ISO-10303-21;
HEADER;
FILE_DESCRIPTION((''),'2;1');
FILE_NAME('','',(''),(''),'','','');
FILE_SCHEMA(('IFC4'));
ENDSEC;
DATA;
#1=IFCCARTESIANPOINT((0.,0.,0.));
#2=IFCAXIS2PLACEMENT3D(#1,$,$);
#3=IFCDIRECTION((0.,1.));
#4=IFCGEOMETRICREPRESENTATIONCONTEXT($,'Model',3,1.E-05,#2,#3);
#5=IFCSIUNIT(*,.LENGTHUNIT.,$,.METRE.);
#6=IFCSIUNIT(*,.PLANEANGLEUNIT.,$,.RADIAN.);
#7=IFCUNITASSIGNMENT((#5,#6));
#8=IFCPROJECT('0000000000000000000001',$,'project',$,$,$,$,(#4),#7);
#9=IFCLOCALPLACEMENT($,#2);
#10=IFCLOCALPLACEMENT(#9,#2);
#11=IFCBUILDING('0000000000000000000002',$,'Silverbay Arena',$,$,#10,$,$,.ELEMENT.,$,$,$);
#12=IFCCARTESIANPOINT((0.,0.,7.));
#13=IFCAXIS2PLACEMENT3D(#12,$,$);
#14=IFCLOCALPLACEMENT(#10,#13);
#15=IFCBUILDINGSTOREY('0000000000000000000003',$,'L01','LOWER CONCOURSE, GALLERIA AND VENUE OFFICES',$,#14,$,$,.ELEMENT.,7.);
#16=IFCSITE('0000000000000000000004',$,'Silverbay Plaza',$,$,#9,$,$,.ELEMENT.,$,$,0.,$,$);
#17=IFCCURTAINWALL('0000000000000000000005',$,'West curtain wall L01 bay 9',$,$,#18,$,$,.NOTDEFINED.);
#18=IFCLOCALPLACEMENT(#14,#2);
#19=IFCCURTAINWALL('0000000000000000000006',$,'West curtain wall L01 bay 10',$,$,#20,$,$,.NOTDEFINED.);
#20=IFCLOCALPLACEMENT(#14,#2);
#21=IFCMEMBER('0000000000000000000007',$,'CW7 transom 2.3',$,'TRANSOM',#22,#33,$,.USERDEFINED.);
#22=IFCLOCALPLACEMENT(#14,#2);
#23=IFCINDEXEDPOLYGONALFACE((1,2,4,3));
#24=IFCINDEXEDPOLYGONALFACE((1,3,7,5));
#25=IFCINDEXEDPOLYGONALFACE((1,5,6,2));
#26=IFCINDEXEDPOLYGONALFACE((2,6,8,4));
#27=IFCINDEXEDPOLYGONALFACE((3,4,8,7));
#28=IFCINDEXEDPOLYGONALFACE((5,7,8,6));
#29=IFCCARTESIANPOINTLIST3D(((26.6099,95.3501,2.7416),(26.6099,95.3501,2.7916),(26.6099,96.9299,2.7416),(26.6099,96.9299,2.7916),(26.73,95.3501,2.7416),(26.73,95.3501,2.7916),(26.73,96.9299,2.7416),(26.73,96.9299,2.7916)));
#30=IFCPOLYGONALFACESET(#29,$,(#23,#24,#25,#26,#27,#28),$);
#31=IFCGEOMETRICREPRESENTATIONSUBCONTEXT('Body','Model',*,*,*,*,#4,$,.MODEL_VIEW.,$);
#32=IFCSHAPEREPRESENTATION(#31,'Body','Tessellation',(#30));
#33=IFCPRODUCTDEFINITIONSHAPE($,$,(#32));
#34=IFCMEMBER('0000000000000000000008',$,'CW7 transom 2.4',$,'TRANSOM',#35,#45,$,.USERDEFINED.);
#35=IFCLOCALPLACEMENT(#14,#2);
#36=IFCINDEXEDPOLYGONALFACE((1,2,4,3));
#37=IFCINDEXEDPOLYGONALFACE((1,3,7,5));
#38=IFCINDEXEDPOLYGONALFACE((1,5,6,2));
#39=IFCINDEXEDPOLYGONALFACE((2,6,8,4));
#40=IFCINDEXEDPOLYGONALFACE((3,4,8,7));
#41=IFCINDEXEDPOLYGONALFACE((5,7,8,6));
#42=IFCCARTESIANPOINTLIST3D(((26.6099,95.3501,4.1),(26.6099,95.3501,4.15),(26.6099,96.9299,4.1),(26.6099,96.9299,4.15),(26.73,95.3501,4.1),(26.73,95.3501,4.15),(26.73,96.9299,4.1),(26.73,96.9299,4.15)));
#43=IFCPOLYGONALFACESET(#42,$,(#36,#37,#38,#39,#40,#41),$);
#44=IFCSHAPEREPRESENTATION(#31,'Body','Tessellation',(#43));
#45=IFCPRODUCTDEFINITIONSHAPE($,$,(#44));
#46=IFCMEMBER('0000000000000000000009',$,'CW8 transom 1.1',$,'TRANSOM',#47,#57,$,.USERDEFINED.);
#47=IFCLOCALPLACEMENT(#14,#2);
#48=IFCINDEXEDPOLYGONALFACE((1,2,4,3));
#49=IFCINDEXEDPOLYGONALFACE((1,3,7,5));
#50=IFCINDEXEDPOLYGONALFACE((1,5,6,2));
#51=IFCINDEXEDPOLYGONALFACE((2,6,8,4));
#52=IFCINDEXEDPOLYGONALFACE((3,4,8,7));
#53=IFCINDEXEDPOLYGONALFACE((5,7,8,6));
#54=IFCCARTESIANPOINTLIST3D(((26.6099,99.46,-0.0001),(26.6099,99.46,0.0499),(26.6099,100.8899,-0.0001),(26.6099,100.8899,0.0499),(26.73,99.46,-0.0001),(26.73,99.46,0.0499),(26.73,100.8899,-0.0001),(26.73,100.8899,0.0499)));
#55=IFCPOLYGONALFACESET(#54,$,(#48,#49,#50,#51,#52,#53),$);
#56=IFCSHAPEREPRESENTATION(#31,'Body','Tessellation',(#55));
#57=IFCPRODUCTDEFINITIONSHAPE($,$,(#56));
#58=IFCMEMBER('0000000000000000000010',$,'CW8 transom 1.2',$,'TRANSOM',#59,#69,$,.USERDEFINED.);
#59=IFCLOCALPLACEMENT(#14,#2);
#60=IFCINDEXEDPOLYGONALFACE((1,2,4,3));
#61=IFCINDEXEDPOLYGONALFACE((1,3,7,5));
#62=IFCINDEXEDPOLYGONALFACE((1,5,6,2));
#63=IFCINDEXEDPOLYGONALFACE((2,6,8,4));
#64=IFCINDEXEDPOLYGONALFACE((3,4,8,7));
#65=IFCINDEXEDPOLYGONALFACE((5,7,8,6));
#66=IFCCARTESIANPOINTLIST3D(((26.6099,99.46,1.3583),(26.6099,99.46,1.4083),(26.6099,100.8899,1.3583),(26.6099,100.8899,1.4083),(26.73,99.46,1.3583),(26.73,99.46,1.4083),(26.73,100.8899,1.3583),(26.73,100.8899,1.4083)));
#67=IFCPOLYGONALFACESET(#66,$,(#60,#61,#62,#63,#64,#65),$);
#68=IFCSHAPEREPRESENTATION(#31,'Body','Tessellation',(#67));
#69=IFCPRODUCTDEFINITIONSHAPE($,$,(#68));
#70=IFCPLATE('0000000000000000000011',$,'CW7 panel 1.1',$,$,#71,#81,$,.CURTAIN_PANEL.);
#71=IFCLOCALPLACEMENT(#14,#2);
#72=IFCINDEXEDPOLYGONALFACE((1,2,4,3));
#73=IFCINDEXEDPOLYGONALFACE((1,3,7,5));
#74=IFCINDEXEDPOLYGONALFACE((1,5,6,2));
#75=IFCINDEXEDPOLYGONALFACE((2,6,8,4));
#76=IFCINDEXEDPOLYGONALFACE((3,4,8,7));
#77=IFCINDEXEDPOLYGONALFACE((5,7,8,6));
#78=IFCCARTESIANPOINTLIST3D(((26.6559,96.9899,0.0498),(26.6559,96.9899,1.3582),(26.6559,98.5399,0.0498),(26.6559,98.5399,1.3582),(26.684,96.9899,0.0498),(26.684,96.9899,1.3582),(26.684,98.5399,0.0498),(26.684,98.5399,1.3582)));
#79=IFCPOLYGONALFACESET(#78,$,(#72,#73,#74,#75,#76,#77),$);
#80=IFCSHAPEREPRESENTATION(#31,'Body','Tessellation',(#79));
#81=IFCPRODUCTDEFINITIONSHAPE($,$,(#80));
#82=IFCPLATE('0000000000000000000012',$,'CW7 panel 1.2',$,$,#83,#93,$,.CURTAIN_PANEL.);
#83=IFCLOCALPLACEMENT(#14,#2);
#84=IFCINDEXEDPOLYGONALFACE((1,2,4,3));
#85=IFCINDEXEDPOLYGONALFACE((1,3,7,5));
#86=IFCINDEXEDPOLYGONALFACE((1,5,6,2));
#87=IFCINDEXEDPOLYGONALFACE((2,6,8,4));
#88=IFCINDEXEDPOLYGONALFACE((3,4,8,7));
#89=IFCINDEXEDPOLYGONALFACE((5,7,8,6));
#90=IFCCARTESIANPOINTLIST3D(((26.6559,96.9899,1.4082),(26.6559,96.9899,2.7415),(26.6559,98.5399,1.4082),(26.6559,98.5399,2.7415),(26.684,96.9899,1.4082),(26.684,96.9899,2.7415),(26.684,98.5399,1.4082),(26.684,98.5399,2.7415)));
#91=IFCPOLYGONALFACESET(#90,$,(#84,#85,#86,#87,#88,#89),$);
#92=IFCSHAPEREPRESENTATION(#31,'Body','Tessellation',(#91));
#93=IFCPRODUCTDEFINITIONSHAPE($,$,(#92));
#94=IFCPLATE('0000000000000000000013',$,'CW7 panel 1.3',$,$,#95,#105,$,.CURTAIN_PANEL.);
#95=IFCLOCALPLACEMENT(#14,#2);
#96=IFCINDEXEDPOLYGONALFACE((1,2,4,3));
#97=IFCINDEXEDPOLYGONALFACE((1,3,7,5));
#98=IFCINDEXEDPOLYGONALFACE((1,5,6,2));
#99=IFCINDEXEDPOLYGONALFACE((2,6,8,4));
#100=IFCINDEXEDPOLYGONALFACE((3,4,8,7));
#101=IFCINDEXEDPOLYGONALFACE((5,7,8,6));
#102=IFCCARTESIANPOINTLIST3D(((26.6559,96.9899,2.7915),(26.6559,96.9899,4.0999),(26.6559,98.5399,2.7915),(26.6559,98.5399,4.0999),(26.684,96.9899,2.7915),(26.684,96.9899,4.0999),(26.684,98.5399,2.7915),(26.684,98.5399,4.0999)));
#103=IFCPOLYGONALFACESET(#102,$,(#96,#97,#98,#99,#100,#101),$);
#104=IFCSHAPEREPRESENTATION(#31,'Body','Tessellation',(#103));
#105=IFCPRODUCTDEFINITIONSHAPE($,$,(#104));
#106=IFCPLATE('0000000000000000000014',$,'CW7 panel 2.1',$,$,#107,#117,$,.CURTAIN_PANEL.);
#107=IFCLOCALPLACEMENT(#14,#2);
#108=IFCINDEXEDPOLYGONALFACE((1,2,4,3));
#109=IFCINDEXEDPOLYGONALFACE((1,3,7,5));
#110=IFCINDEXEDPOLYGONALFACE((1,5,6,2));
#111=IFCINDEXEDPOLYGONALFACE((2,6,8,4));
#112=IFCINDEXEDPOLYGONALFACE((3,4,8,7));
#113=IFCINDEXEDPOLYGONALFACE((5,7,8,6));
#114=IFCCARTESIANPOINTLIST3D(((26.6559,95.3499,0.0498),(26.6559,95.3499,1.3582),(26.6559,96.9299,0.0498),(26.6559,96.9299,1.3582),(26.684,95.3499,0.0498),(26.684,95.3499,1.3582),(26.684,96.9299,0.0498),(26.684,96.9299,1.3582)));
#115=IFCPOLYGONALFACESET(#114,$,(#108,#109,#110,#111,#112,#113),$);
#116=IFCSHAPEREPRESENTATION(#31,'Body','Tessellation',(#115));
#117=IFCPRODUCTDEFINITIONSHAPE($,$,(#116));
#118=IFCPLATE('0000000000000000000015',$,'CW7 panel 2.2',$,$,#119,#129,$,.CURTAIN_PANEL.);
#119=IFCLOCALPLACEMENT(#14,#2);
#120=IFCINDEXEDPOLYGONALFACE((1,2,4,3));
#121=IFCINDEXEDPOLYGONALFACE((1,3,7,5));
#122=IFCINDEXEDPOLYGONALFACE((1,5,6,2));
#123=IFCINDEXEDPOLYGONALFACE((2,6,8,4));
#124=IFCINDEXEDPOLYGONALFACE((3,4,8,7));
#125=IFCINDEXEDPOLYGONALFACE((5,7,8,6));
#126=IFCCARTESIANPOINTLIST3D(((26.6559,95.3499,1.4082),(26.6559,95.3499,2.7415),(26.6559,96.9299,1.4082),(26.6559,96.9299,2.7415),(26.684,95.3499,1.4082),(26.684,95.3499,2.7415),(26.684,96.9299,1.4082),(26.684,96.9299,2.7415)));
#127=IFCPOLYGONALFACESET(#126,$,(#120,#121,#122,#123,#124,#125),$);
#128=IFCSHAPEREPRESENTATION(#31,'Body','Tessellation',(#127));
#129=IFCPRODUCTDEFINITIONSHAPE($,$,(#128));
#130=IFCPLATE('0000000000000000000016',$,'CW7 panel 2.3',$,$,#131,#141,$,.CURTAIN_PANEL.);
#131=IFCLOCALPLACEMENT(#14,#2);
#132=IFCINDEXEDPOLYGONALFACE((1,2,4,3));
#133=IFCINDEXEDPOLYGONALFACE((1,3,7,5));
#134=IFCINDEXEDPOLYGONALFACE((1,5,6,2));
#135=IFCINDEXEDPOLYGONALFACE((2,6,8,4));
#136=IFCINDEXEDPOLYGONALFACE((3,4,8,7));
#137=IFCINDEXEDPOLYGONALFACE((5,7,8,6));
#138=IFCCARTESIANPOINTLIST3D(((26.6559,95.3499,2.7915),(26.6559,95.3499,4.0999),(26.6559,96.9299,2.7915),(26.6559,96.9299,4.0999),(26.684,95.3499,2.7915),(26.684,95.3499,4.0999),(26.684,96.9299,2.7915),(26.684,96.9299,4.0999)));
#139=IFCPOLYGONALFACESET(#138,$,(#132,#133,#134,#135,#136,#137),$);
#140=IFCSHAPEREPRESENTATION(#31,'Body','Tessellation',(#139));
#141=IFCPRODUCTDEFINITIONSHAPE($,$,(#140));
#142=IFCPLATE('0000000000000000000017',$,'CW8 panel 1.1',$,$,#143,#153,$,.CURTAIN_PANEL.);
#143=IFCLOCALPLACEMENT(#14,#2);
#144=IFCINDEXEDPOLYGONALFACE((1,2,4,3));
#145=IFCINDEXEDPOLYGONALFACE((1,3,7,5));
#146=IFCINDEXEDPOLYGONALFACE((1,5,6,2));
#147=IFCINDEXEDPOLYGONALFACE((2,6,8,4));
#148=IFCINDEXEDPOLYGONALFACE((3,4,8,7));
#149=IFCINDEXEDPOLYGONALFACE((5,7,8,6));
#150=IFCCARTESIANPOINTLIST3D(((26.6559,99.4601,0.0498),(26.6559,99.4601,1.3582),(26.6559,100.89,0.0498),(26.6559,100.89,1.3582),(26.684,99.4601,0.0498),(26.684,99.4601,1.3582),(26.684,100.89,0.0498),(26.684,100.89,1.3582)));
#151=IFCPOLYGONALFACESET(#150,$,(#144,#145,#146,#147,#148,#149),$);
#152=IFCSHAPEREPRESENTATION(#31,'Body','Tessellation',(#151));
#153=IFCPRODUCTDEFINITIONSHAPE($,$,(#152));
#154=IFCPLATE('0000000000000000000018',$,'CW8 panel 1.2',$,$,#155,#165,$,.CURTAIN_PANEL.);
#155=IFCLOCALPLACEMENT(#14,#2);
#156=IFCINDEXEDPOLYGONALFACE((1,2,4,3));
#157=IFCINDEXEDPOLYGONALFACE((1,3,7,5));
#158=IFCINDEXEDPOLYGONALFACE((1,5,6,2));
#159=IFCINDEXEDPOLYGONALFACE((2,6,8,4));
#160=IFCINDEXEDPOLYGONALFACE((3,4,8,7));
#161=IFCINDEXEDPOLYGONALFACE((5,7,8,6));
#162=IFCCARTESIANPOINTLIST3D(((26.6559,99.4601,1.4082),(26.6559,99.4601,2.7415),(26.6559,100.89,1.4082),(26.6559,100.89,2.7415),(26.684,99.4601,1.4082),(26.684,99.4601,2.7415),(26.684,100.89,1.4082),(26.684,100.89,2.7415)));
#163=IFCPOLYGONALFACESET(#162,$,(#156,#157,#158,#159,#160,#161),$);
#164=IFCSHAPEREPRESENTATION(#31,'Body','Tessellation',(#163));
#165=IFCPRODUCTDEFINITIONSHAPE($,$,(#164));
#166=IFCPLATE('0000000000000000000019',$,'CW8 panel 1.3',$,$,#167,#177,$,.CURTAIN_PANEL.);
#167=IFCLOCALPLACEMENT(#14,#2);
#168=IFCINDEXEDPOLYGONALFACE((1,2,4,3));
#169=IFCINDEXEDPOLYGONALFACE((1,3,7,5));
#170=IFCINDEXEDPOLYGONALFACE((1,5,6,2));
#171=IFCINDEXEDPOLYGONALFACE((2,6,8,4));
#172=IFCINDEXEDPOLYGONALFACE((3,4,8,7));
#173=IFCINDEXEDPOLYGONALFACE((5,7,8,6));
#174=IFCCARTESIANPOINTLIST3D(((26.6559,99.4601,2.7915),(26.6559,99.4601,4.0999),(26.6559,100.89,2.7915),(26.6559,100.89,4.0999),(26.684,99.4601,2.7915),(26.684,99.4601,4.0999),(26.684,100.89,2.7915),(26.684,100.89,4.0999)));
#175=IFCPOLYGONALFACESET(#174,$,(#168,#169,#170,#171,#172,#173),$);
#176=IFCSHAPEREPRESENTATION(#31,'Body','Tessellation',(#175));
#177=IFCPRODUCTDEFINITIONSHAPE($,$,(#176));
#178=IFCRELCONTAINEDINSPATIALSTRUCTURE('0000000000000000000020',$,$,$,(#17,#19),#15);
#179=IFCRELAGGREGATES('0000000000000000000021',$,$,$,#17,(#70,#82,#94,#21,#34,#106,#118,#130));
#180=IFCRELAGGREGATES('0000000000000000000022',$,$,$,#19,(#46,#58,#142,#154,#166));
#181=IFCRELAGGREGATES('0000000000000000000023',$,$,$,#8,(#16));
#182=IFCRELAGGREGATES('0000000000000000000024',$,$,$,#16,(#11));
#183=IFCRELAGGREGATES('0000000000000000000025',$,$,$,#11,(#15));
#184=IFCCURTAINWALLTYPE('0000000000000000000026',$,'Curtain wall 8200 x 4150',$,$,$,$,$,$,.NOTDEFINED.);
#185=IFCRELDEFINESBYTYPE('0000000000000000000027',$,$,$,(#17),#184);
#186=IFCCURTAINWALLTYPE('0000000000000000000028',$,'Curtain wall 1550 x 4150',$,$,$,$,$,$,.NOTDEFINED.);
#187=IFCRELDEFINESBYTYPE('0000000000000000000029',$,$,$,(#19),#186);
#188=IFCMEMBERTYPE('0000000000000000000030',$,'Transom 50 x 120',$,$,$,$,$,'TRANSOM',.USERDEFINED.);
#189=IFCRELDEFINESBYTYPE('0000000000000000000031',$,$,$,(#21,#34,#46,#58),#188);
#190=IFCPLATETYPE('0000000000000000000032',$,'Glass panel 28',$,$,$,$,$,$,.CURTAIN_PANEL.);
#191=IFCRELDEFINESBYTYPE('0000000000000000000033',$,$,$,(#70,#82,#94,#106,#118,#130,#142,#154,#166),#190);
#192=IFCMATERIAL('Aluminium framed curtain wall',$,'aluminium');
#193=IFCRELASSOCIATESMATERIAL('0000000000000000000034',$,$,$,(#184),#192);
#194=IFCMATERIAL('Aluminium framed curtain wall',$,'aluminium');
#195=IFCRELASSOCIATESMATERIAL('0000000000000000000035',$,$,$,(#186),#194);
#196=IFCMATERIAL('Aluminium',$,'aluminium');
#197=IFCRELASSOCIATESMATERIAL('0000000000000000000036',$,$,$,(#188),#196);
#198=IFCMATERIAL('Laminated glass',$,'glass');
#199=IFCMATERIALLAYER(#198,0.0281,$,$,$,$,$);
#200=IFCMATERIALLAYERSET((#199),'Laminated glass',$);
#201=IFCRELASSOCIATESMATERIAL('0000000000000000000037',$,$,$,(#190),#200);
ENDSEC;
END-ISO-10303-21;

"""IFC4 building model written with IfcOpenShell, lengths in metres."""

from ifc_helpers import new_model, si_unit, direction, frame, origin, origin_2d, place, context, subcontext, project, spatial, rectangle, extrude, material, layer, layer_set, material_profile, profile_set, type_object, element, aggregate, save


model = new_model("IFC4")

# Units and contexts
model_context = context("Model", 3, precision=1e-05, world=origin(), true_north=direction((0.0, 1.0)))
body_context = subcontext(model_context, "Body", "Model", "MODEL_VIEW")
ifc_project = project(units=[si_unit("LENGTHUNIT", "METRE"), si_unit("PLANEANGLEUNIT", "RADIAN")], contexts=[model_context])

# Site, building, storey
site_placement = place(None, origin())
site = spatial("IfcSite", under=ifc_project, at=site_placement, Name="Silverbay Plaza", CompositionType="ELEMENT", RefElevation=0.0)
building_placement = place(site_placement, origin())
building = spatial("IfcBuilding", under=site, at=building_placement, Name="Silverbay Arena", CompositionType="ELEMENT")
storey_placement = place(building_placement, frame((0.0, 0.0, 7.0)))
storey = spatial("IfcBuildingStorey", under=building, at=storey_placement, Name="L01", Description="LOWER CONCOURSE, GALLERIA AND VENUE OFFICES", CompositionType="ELEMENT", Elevation=7.0)

# Curtain wall
ifc_material_1 = material(Name="Aluminium framed curtain wall", Category="aluminium")
curtain_wall_type_1 = type_object("IfcCurtainWallType", Name="Curtain wall 8200 x 4150", PredefinedType="NOTDEFINED", material=ifc_material_1)
curtain_wall_1_placement = place(storey_placement, origin())
curtain_wall_1 = element("IfcCurtainWall", 1, at=curtain_wall_1_placement, inside=storey, type_object=curtain_wall_type_1, Name="West curtain wall L01 bay 9", PredefinedType="NOTDEFINED")

# Curtain wall
ifc_material_2 = material(Name="Aluminium framed curtain wall", Category="aluminium")
curtain_wall_type_2 = type_object("IfcCurtainWallType", Name="Curtain wall 1550 x 4150", PredefinedType="NOTDEFINED", material=ifc_material_2)
curtain_wall_2_placement = place(storey_placement, origin())
curtain_wall_2 = element("IfcCurtainWall", 2, at=curtain_wall_2_placement, inside=storey, type_object=curtain_wall_type_2, Name="West curtain wall L01 bay 10", PredefinedType="NOTDEFINED")

# Members
ifc_material_3 = material(Name="Aluminium", Category="aluminium")
ifc_material_profile_1 = material_profile(ifc_material_3, rectangle(XDim=0.1201, YDim=0.05, at=origin_2d()), Name="Transom 50 x 120")
ifc_profile_set_1 = profile_set([ifc_material_profile_1], Name="Aluminium")
member_type_1 = type_object("IfcMemberType", Name="Transom 50 x 120", ElementType="TRANSOM", PredefinedType="USERDEFINED", material=ifc_profile_set_1)
member_1_placement = place(storey_placement, frame((26.6699, 96.9299, 2.7666), z_axis=(0.0, -1.0, 0.0), x_axis=(1.0, 0.0, 0.0)))
member_1 = element("IfcMember", 3, at=member_1_placement, type_object=member_type_1, Name="CW7 transom 2.3", ObjectType="TRANSOM", PredefinedType="USERDEFINED", context=body_context, shape_type="SweptSolid", body=[
    extrude(rectangle(XDim=0.1201, YDim=0.05, at=origin_2d()), origin(), (0.0, 0.0, 1.0), 1.5798),
])
member_2_placement = place(storey_placement, frame((26.6699, 96.9299, 4.125), z_axis=(0.0, -1.0, 0.0), x_axis=(1.0, 0.0, 0.0)))
member_2 = element("IfcMember", 4, at=member_2_placement, type_object=member_type_1, Name="CW7 transom 2.4", ObjectType="TRANSOM", PredefinedType="USERDEFINED", context=body_context, shape_type="SweptSolid", body=[
    extrude(rectangle(XDim=0.1201, YDim=0.05, at=origin_2d()), origin(), (0.0, 0.0, 1.0), 1.5798),
])
member_3_placement = place(storey_placement, frame((26.6699, 100.8899, 0.0249), z_axis=(0.0, -1.0, 0.0), x_axis=(1.0, 0.0, 0.0)))
member_3 = element("IfcMember", 5, at=member_3_placement, type_object=member_type_1, Name="CW8 transom 1.1", ObjectType="TRANSOM", PredefinedType="USERDEFINED", context=body_context, shape_type="SweptSolid", body=[
    extrude(rectangle(XDim=0.1201, YDim=0.05, at=origin_2d()), origin(), (0.0, 0.0, 1.0), 1.4299),
])
member_4_placement = place(storey_placement, frame((26.6699, 100.8899, 1.3833), z_axis=(0.0, -1.0, 0.0), x_axis=(1.0, 0.0, 0.0)))
member_4 = element("IfcMember", 6, at=member_4_placement, type_object=member_type_1, Name="CW8 transom 1.2", ObjectType="TRANSOM", PredefinedType="USERDEFINED", context=body_context, shape_type="SweptSolid", body=[
    extrude(rectangle(XDim=0.1201, YDim=0.05, at=origin_2d()), origin(), (0.0, 0.0, 1.0), 1.4299),
])

# Plates
ifc_material_4 = material(Name="Laminated glass", Category="glass")
ifc_layer_1 = layer(ifc_material_4, 0.0281)
ifc_layer_set_1 = layer_set([ifc_layer_1], Name="Laminated glass")
plate_type = type_object("IfcPlateType", Name="Glass panel 28", PredefinedType="CURTAIN_PANEL", material=ifc_layer_set_1)
plate_1_placement = place(storey_placement, frame((26.6699, 97.7649, 0.0498), z_axis=(0.0, 0.0, 1.0), x_axis=(0.0, -1.0, 0.0)))
plate_1 = element("IfcPlate", 7, at=plate_1_placement, type_object=plate_type, Name="CW7 panel 1.1", PredefinedType="CURTAIN_PANEL", context=body_context, shape_type="SweptSolid", body=[
    extrude(rectangle(XDim=1.55, YDim=0.0281, at=origin_2d()), origin(), (0.0, 0.0, 1.0), 1.3083),
])
plate_2_placement = place(storey_placement, frame((26.6699, 97.7649, 1.4082), z_axis=(0.0, 0.0, 1.0), x_axis=(0.0, -1.0, 0.0)))
plate_2 = element("IfcPlate", 8, at=plate_2_placement, type_object=plate_type, Name="CW7 panel 1.2", PredefinedType="CURTAIN_PANEL", context=body_context, shape_type="SweptSolid", body=[
    extrude(rectangle(XDim=1.55, YDim=0.0281, at=origin_2d()), origin(), (0.0, 0.0, 1.0), 1.3333),
])
plate_3_placement = place(storey_placement, frame((26.6699, 97.7649, 2.7915), z_axis=(0.0, 0.0, 1.0), x_axis=(0.0, -1.0, 0.0)))
plate_3 = element("IfcPlate", 9, at=plate_3_placement, type_object=plate_type, Name="CW7 panel 1.3", PredefinedType="CURTAIN_PANEL", context=body_context, shape_type="SweptSolid", body=[
    extrude(rectangle(XDim=1.55, YDim=0.0281, at=origin_2d()), origin(), (0.0, 0.0, 1.0), 1.3083),
])
plate_4_placement = place(storey_placement, frame((26.6699, 96.1399, 0.0498), z_axis=(0.0, 0.0, 1.0), x_axis=(0.0, -1.0, 0.0)))
plate_4 = element("IfcPlate", 10, at=plate_4_placement, type_object=plate_type, Name="CW7 panel 2.1", PredefinedType="CURTAIN_PANEL", context=body_context, shape_type="SweptSolid", body=[
    extrude(rectangle(XDim=1.5801, YDim=0.0281, at=origin_2d()), origin(), (0.0, 0.0, 1.0), 1.3083),
])
plate_5_placement = place(storey_placement, frame((26.6699, 96.1399, 1.4082), z_axis=(0.0, 0.0, 1.0), x_axis=(0.0, -1.0, 0.0)))
plate_5 = element("IfcPlate", 11, at=plate_5_placement, type_object=plate_type, Name="CW7 panel 2.2", PredefinedType="CURTAIN_PANEL", context=body_context, shape_type="SweptSolid", body=[
    extrude(rectangle(XDim=1.5801, YDim=0.0281, at=origin_2d()), origin(), (0.0, 0.0, 1.0), 1.3333),
])
plate_6_placement = place(storey_placement, frame((26.6699, 96.1399, 2.7915), z_axis=(0.0, 0.0, 1.0), x_axis=(0.0, -1.0, 0.0)))
plate_6 = element("IfcPlate", 12, at=plate_6_placement, type_object=plate_type, Name="CW7 panel 2.3", PredefinedType="CURTAIN_PANEL", context=body_context, shape_type="SweptSolid", body=[
    extrude(rectangle(XDim=1.5801, YDim=0.0281, at=origin_2d()), origin(), (0.0, 0.0, 1.0), 1.3083),
])
aggregate(curtain_wall_1, [plate_1, plate_2, plate_3, member_1, member_2, plate_4, plate_5, plate_6])
plate_7_placement = place(storey_placement, frame((26.6699, 100.175, 0.0498), z_axis=(0.0, 0.0, 1.0), x_axis=(0.0, -1.0, 0.0)))
plate_7 = element("IfcPlate", 13, at=plate_7_placement, type_object=plate_type, Name="CW8 panel 1.1", PredefinedType="CURTAIN_PANEL", context=body_context, shape_type="SweptSolid", body=[
    extrude(rectangle(XDim=1.4299, YDim=0.0281, at=origin_2d()), origin(), (0.0, 0.0, 1.0), 1.3083),
])
plate_8_placement = place(storey_placement, frame((26.6699, 100.175, 1.4082), z_axis=(0.0, 0.0, 1.0), x_axis=(0.0, -1.0, 0.0)))
plate_8 = element("IfcPlate", 14, at=plate_8_placement, type_object=plate_type, Name="CW8 panel 1.2", PredefinedType="CURTAIN_PANEL", context=body_context, shape_type="SweptSolid", body=[
    extrude(rectangle(XDim=1.4299, YDim=0.0281, at=origin_2d()), origin(), (0.0, 0.0, 1.0), 1.3333),
])
plate_9_placement = place(storey_placement, frame((26.6699, 100.175, 2.7915), z_axis=(0.0, 0.0, 1.0), x_axis=(0.0, -1.0, 0.0)))
plate_9 = element("IfcPlate", 15, at=plate_9_placement, type_object=plate_type, Name="CW8 panel 1.3", PredefinedType="CURTAIN_PANEL", context=body_context, shape_type="SweptSolid", body=[
    extrude(rectangle(XDim=1.4299, YDim=0.0281, at=origin_2d()), origin(), (0.0, 0.0, 1.0), 1.3083),
])
aggregate(curtain_wall_2, [member_3, member_4, plate_7, plate_8, plate_9])

save(model, "model.ifc")
